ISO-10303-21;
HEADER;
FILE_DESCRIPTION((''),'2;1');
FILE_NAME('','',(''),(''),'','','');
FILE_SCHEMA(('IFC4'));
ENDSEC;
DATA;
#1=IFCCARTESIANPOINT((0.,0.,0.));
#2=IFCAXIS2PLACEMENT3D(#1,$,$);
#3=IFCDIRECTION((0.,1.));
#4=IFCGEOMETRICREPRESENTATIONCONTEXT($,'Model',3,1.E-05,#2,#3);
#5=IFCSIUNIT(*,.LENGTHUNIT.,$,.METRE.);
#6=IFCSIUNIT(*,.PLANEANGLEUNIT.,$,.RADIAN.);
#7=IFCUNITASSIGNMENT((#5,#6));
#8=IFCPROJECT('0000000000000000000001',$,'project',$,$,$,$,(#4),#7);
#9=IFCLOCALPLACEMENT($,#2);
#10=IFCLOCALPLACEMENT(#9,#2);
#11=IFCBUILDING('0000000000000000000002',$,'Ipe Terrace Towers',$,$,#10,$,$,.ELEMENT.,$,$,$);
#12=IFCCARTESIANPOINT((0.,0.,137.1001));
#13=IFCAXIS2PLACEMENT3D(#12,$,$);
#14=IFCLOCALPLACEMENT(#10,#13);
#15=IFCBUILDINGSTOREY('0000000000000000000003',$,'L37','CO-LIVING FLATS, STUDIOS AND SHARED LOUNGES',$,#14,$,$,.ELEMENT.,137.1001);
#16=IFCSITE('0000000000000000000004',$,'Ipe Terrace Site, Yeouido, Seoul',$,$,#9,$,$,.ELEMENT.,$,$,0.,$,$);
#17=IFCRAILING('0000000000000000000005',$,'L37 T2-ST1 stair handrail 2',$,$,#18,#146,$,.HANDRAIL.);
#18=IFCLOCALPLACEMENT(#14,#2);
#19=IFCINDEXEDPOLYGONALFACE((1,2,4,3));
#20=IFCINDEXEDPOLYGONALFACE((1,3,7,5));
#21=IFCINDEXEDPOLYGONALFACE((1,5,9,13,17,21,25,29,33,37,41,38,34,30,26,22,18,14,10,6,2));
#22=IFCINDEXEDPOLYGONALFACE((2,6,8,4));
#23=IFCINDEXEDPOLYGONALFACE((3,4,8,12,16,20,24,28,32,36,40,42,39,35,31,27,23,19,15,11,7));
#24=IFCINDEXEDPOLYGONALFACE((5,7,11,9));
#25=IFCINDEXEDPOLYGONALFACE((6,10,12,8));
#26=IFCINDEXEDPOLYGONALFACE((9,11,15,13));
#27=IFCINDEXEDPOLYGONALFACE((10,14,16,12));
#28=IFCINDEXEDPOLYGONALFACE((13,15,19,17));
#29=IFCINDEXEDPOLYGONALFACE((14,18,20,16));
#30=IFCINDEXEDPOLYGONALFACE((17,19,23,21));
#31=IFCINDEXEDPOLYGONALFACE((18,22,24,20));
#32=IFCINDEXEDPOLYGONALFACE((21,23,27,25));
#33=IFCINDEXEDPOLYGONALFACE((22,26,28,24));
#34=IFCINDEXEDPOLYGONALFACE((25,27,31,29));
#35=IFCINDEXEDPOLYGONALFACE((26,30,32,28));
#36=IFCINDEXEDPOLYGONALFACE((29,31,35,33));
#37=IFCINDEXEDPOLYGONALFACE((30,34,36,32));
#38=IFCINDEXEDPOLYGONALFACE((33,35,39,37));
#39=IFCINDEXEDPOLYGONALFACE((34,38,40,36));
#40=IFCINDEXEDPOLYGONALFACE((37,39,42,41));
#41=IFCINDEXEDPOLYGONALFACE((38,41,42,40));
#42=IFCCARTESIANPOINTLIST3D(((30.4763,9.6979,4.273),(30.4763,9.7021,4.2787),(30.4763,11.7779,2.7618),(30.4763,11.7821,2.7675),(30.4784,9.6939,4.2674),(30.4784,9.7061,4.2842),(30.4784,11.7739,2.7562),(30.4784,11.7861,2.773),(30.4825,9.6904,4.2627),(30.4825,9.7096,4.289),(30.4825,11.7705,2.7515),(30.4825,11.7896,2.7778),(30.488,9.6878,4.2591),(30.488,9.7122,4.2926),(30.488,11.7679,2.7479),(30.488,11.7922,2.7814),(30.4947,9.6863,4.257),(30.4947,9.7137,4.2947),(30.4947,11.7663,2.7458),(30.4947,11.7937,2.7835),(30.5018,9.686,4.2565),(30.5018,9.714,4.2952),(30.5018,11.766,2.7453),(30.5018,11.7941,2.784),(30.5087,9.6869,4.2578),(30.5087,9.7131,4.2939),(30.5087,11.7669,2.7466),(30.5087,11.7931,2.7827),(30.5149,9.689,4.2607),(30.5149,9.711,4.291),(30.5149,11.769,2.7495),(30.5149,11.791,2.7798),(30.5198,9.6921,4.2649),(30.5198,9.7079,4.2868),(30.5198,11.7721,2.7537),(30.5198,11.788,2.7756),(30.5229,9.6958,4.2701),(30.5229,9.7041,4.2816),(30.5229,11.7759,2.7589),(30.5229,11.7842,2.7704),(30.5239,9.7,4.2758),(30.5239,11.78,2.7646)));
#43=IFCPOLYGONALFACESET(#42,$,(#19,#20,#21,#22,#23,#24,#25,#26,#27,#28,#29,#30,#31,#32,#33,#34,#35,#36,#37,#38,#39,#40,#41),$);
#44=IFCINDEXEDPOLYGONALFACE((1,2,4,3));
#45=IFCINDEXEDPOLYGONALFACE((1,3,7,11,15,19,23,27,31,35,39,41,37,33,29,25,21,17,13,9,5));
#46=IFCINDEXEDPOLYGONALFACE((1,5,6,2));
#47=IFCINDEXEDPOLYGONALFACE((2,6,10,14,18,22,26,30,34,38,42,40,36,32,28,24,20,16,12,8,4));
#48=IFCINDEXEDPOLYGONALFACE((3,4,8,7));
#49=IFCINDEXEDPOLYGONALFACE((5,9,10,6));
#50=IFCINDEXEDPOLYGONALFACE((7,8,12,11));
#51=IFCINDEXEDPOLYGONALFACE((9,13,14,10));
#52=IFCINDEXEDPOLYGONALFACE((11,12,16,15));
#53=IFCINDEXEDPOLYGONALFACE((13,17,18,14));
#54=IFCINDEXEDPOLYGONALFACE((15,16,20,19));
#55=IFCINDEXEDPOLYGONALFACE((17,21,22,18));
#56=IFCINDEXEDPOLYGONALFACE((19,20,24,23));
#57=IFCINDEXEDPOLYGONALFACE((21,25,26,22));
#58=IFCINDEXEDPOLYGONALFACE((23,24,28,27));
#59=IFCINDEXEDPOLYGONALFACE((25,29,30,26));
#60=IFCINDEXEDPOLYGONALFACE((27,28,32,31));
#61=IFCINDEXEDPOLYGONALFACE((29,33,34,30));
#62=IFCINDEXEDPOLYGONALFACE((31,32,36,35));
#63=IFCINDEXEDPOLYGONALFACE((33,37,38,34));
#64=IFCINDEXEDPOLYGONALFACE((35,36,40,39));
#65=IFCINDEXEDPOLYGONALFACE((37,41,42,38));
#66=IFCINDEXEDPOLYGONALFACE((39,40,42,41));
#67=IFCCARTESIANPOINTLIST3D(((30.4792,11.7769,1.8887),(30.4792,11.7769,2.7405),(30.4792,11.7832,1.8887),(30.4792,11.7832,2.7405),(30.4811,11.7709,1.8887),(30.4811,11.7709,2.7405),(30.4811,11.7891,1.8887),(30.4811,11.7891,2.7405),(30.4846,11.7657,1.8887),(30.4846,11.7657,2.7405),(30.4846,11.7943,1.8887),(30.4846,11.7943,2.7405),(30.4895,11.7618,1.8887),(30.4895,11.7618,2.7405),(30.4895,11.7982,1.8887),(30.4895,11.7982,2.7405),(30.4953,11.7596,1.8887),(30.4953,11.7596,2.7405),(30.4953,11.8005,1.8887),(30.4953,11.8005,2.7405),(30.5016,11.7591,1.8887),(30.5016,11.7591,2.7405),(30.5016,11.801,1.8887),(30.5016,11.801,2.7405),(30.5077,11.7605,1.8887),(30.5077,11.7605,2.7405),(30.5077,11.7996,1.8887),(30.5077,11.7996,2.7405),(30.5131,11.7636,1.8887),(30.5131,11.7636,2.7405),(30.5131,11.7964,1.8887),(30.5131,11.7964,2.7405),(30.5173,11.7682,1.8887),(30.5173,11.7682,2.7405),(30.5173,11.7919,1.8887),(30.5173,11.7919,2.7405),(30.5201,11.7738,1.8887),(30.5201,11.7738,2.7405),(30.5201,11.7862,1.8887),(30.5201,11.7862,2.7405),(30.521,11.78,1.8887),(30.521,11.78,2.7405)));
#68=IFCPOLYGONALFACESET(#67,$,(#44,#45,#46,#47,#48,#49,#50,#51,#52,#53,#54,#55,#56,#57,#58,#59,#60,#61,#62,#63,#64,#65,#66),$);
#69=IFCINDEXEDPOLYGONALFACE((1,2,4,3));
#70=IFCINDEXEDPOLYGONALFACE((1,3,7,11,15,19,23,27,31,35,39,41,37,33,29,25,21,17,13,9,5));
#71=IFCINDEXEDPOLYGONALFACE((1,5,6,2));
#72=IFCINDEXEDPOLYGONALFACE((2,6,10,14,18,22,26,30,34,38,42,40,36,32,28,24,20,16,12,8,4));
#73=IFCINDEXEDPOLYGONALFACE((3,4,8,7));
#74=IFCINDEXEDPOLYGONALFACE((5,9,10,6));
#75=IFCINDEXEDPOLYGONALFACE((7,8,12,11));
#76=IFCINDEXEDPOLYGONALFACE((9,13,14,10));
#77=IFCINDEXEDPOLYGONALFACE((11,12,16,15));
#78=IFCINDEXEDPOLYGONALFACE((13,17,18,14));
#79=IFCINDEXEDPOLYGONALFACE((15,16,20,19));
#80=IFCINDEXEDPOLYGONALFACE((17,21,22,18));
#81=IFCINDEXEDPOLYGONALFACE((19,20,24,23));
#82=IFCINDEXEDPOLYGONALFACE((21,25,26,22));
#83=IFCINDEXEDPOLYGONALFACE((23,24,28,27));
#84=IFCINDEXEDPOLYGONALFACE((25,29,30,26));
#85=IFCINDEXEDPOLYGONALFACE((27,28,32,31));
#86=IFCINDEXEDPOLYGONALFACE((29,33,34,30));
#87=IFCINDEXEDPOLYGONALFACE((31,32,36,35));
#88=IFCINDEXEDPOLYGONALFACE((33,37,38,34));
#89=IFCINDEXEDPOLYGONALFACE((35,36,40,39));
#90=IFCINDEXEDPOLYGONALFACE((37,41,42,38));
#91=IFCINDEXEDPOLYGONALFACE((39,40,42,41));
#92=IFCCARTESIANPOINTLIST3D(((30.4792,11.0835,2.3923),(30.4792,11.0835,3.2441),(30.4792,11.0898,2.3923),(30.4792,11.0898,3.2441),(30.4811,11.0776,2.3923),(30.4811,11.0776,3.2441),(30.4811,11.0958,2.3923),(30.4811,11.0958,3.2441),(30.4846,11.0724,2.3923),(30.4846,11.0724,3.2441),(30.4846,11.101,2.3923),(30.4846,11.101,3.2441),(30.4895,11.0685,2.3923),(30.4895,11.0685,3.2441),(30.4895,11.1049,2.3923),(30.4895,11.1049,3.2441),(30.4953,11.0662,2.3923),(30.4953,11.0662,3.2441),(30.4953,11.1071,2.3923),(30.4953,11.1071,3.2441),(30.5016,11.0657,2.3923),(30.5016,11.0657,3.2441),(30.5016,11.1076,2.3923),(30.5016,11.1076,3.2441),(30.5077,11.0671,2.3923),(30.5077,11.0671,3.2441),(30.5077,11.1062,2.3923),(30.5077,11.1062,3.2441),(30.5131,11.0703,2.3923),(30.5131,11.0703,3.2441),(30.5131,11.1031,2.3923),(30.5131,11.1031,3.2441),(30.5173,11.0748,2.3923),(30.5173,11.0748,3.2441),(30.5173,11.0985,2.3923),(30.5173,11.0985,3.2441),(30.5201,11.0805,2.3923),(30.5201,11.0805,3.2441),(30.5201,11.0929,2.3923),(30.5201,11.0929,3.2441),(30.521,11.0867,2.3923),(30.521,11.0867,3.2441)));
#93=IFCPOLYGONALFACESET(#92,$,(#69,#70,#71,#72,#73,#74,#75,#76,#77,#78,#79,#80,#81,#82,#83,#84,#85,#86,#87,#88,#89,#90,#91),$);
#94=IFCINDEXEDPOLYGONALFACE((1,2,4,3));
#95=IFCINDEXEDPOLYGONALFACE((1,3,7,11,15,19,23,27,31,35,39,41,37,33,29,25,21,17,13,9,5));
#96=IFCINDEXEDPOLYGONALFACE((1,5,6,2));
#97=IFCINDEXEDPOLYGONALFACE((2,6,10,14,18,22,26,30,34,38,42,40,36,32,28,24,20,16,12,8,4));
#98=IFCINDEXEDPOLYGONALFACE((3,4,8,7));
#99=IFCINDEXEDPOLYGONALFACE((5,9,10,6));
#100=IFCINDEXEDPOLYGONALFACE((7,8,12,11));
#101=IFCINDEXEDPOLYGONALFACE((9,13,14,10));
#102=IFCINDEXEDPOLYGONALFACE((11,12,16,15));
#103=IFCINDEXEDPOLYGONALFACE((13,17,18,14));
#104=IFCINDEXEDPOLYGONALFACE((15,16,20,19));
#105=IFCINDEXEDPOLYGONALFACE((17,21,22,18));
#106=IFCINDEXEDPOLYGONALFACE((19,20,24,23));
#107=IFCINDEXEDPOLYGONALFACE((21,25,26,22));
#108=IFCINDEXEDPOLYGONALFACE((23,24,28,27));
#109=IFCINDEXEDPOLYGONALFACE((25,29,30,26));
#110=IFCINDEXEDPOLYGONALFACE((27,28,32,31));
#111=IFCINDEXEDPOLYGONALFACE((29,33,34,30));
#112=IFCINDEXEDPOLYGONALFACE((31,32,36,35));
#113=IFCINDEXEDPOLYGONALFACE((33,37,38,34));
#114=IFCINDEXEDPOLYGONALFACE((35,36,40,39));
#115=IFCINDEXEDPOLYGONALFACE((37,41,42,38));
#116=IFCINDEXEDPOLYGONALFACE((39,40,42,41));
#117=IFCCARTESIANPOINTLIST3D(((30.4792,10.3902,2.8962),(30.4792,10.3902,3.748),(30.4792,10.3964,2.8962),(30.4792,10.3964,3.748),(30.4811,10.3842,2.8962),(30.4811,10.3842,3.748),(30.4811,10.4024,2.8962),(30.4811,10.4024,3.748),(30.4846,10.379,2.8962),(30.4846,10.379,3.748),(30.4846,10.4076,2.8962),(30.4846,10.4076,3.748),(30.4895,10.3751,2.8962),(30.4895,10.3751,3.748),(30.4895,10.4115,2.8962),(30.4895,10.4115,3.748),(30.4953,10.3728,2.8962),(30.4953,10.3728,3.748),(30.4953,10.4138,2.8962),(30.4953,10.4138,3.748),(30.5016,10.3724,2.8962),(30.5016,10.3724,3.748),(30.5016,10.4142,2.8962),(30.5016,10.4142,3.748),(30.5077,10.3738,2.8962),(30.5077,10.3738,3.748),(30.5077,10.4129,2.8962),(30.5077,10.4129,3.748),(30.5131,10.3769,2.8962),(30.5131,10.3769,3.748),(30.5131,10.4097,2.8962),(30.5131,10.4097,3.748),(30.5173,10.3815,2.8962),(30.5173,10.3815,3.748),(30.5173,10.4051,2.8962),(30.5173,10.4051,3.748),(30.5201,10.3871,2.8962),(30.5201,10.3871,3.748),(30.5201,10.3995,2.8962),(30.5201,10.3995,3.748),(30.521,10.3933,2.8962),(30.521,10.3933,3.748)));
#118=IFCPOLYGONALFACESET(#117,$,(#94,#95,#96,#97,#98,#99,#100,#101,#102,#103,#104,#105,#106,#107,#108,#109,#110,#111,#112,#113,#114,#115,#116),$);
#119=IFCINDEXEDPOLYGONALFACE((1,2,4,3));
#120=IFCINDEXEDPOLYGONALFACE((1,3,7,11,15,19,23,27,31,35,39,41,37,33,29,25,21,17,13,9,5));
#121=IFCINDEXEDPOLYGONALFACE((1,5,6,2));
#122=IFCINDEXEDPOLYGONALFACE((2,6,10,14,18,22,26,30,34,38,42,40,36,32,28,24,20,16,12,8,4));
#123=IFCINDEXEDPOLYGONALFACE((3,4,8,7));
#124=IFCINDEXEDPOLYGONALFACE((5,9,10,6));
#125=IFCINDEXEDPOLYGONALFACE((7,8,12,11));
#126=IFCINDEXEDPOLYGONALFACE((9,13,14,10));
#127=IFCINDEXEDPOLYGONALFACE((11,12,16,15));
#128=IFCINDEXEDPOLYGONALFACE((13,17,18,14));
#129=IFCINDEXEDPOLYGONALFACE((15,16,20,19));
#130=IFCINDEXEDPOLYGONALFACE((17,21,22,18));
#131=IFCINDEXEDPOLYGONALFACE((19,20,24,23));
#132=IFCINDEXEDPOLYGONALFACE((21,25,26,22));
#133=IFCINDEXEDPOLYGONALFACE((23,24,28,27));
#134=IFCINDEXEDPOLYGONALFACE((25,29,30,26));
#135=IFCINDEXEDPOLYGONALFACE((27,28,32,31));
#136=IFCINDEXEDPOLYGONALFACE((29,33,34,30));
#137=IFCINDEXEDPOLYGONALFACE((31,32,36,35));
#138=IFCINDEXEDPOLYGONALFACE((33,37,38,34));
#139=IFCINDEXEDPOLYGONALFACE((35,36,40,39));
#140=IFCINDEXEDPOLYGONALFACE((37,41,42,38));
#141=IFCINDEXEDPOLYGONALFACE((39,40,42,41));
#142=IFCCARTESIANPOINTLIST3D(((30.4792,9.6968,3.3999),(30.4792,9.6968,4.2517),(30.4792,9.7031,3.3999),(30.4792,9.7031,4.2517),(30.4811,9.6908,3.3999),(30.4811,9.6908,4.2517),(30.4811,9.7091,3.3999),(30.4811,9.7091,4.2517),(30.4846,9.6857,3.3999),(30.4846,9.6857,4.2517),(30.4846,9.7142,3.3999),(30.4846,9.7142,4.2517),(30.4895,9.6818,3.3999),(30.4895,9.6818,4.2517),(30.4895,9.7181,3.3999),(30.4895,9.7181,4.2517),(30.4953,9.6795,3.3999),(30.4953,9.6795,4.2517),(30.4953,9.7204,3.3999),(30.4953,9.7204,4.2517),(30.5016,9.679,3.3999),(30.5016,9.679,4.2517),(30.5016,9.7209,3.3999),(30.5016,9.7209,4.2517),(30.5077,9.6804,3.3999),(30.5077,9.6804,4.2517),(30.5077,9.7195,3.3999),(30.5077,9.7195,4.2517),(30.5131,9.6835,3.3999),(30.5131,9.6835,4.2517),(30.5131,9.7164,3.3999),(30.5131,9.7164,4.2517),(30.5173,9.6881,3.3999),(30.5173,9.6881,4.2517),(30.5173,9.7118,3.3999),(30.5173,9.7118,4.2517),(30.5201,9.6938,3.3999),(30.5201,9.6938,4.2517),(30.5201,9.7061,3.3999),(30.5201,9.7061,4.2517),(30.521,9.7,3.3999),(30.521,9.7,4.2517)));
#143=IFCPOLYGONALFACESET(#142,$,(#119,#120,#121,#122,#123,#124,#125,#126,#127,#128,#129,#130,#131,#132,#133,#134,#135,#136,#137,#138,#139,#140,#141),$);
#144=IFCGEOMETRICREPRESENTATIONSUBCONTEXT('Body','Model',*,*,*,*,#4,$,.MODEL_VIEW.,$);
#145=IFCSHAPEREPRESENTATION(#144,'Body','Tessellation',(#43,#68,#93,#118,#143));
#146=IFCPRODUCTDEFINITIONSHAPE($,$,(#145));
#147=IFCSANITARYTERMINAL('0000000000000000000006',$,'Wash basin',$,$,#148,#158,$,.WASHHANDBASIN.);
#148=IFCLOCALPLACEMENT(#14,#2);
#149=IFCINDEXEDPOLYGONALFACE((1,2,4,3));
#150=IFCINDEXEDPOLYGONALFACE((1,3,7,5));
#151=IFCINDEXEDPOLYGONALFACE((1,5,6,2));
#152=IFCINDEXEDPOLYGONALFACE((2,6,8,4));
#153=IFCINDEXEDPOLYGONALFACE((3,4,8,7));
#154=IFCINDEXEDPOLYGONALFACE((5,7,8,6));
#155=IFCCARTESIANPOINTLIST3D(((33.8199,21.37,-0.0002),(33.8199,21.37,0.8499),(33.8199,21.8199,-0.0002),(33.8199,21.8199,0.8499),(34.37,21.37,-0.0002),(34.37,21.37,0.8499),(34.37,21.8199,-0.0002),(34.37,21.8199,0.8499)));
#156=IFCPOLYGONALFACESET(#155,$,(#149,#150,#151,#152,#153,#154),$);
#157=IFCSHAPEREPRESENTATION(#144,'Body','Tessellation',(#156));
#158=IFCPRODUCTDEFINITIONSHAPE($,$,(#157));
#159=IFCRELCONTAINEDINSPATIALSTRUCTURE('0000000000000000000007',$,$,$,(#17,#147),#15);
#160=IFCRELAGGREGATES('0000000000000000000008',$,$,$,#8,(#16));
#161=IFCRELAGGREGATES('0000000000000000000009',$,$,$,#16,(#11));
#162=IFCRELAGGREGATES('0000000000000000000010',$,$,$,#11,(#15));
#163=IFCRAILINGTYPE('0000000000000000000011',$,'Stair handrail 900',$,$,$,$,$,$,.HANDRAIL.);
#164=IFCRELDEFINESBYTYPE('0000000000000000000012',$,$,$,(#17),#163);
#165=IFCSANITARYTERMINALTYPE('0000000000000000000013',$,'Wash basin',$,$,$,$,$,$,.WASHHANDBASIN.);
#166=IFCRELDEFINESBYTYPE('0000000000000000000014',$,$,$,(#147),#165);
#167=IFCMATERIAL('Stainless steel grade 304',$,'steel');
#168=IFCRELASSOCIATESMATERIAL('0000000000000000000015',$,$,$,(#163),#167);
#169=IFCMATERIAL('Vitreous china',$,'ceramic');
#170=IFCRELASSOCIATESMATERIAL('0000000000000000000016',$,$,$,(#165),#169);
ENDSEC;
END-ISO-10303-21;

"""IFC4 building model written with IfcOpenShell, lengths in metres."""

from ifc_helpers import new_model, si_unit, direction, frame, origin, origin_2d, place, context, subcontext, project, spatial, rectangle, circle, extrude, material, type_object, element, save


model = new_model("IFC4")

# Units and contexts
model_context = context("Model", 3, precision=1e-05, world=origin(), true_north=direction((0.0, 1.0)))
body_context = subcontext(model_context, "Body", "Model", "MODEL_VIEW")
ifc_project = project(units=[si_unit("LENGTHUNIT", "METRE"), si_unit("PLANEANGLEUNIT", "RADIAN")], contexts=[model_context])

# Site, building, storey
site_placement = place(None, origin())
site = spatial("IfcSite", under=ifc_project, at=site_placement, Name="Ipe Terrace Site, Yeouido, Seoul", CompositionType="ELEMENT", RefElevation=0.0)
building_placement = place(site_placement, origin())
building = spatial("IfcBuilding", under=site, at=building_placement, Name="Ipe Terrace Towers", CompositionType="ELEMENT")
storey_placement = place(building_placement, frame((0.0, 0.0, 137.1001)))
storey = spatial("IfcBuildingStorey", under=building, at=storey_placement, Name="L37", Description="CO-LIVING FLATS, STUDIOS AND SHARED LOUNGES", CompositionType="ELEMENT", Elevation=137.1001)

# Railing
ifc_material_1 = material(Name="Stainless steel grade 304", Category="steel")
railing_type_1 = type_object("IfcRailingType", Name="Stair handrail 900", PredefinedType="HANDRAIL", material=ifc_material_1)
railing_1_placement = place(storey_placement, frame((30.5, 11.78, 1.8887)))
element("IfcRailing", 1, at=railing_1_placement, inside=storey, type_object=railing_type_1, Name="L37 T2-ST1 stair handrail 2", PredefinedType="HANDRAIL", context=body_context, shape_type="SweptSolid", body=[
    extrude(circle(Radius=0.0239, at=origin_2d()), frame((0.0, 0.0, 0.876), z_axis=(0.0, -0.809023, 0.587776), x_axis=(1.0, 0.0, 0.0)), (0.0, 0.0, 1.0), 2.571),
    extrude(circle(Radius=0.021, at=origin_2d()), origin(), (0.0, 0.0, 1.0), 0.8518),
    extrude(circle(Radius=0.021, at=origin_2d()), frame((0.0, -0.6934, 0.5037)), (0.0, 0.0, 1.0), 0.8518),
    extrude(circle(Radius=0.021, at=origin_2d()), frame((0.0, -1.3867, 1.0076)), (0.0, 0.0, 1.0), 0.8518),
    extrude(circle(Radius=0.021, at=origin_2d()), frame((0.0, -2.0801, 1.5112)), (0.0, 0.0, 1.0), 0.8518),
])

# Sanitary terminal
ifc_material_2 = material(Name="Vitreous china", Category="ceramic")
sanitary_terminal_type = type_object("IfcSanitaryTerminalType", Name="Wash basin", PredefinedType="WASHHANDBASIN", material=ifc_material_2)
sanitary_terminal_placement = place(storey_placement, frame((34.095, 21.595, -0.0002), z_axis=(0.0, 0.0, 1.0), x_axis=(1.0, 0.0, 0.0)))
element("IfcSanitaryTerminal", 2, at=sanitary_terminal_placement, inside=storey, type_object=sanitary_terminal_type, Name="Wash basin", PredefinedType="WASHHANDBASIN", context=body_context, shape_type="SweptSolid", body=[
    extrude(rectangle(XDim=0.55, YDim=0.45, at=origin_2d()), origin(), (0.0, 0.0, 1.0), 0.8501),
])

save(model, "model.ifc")
